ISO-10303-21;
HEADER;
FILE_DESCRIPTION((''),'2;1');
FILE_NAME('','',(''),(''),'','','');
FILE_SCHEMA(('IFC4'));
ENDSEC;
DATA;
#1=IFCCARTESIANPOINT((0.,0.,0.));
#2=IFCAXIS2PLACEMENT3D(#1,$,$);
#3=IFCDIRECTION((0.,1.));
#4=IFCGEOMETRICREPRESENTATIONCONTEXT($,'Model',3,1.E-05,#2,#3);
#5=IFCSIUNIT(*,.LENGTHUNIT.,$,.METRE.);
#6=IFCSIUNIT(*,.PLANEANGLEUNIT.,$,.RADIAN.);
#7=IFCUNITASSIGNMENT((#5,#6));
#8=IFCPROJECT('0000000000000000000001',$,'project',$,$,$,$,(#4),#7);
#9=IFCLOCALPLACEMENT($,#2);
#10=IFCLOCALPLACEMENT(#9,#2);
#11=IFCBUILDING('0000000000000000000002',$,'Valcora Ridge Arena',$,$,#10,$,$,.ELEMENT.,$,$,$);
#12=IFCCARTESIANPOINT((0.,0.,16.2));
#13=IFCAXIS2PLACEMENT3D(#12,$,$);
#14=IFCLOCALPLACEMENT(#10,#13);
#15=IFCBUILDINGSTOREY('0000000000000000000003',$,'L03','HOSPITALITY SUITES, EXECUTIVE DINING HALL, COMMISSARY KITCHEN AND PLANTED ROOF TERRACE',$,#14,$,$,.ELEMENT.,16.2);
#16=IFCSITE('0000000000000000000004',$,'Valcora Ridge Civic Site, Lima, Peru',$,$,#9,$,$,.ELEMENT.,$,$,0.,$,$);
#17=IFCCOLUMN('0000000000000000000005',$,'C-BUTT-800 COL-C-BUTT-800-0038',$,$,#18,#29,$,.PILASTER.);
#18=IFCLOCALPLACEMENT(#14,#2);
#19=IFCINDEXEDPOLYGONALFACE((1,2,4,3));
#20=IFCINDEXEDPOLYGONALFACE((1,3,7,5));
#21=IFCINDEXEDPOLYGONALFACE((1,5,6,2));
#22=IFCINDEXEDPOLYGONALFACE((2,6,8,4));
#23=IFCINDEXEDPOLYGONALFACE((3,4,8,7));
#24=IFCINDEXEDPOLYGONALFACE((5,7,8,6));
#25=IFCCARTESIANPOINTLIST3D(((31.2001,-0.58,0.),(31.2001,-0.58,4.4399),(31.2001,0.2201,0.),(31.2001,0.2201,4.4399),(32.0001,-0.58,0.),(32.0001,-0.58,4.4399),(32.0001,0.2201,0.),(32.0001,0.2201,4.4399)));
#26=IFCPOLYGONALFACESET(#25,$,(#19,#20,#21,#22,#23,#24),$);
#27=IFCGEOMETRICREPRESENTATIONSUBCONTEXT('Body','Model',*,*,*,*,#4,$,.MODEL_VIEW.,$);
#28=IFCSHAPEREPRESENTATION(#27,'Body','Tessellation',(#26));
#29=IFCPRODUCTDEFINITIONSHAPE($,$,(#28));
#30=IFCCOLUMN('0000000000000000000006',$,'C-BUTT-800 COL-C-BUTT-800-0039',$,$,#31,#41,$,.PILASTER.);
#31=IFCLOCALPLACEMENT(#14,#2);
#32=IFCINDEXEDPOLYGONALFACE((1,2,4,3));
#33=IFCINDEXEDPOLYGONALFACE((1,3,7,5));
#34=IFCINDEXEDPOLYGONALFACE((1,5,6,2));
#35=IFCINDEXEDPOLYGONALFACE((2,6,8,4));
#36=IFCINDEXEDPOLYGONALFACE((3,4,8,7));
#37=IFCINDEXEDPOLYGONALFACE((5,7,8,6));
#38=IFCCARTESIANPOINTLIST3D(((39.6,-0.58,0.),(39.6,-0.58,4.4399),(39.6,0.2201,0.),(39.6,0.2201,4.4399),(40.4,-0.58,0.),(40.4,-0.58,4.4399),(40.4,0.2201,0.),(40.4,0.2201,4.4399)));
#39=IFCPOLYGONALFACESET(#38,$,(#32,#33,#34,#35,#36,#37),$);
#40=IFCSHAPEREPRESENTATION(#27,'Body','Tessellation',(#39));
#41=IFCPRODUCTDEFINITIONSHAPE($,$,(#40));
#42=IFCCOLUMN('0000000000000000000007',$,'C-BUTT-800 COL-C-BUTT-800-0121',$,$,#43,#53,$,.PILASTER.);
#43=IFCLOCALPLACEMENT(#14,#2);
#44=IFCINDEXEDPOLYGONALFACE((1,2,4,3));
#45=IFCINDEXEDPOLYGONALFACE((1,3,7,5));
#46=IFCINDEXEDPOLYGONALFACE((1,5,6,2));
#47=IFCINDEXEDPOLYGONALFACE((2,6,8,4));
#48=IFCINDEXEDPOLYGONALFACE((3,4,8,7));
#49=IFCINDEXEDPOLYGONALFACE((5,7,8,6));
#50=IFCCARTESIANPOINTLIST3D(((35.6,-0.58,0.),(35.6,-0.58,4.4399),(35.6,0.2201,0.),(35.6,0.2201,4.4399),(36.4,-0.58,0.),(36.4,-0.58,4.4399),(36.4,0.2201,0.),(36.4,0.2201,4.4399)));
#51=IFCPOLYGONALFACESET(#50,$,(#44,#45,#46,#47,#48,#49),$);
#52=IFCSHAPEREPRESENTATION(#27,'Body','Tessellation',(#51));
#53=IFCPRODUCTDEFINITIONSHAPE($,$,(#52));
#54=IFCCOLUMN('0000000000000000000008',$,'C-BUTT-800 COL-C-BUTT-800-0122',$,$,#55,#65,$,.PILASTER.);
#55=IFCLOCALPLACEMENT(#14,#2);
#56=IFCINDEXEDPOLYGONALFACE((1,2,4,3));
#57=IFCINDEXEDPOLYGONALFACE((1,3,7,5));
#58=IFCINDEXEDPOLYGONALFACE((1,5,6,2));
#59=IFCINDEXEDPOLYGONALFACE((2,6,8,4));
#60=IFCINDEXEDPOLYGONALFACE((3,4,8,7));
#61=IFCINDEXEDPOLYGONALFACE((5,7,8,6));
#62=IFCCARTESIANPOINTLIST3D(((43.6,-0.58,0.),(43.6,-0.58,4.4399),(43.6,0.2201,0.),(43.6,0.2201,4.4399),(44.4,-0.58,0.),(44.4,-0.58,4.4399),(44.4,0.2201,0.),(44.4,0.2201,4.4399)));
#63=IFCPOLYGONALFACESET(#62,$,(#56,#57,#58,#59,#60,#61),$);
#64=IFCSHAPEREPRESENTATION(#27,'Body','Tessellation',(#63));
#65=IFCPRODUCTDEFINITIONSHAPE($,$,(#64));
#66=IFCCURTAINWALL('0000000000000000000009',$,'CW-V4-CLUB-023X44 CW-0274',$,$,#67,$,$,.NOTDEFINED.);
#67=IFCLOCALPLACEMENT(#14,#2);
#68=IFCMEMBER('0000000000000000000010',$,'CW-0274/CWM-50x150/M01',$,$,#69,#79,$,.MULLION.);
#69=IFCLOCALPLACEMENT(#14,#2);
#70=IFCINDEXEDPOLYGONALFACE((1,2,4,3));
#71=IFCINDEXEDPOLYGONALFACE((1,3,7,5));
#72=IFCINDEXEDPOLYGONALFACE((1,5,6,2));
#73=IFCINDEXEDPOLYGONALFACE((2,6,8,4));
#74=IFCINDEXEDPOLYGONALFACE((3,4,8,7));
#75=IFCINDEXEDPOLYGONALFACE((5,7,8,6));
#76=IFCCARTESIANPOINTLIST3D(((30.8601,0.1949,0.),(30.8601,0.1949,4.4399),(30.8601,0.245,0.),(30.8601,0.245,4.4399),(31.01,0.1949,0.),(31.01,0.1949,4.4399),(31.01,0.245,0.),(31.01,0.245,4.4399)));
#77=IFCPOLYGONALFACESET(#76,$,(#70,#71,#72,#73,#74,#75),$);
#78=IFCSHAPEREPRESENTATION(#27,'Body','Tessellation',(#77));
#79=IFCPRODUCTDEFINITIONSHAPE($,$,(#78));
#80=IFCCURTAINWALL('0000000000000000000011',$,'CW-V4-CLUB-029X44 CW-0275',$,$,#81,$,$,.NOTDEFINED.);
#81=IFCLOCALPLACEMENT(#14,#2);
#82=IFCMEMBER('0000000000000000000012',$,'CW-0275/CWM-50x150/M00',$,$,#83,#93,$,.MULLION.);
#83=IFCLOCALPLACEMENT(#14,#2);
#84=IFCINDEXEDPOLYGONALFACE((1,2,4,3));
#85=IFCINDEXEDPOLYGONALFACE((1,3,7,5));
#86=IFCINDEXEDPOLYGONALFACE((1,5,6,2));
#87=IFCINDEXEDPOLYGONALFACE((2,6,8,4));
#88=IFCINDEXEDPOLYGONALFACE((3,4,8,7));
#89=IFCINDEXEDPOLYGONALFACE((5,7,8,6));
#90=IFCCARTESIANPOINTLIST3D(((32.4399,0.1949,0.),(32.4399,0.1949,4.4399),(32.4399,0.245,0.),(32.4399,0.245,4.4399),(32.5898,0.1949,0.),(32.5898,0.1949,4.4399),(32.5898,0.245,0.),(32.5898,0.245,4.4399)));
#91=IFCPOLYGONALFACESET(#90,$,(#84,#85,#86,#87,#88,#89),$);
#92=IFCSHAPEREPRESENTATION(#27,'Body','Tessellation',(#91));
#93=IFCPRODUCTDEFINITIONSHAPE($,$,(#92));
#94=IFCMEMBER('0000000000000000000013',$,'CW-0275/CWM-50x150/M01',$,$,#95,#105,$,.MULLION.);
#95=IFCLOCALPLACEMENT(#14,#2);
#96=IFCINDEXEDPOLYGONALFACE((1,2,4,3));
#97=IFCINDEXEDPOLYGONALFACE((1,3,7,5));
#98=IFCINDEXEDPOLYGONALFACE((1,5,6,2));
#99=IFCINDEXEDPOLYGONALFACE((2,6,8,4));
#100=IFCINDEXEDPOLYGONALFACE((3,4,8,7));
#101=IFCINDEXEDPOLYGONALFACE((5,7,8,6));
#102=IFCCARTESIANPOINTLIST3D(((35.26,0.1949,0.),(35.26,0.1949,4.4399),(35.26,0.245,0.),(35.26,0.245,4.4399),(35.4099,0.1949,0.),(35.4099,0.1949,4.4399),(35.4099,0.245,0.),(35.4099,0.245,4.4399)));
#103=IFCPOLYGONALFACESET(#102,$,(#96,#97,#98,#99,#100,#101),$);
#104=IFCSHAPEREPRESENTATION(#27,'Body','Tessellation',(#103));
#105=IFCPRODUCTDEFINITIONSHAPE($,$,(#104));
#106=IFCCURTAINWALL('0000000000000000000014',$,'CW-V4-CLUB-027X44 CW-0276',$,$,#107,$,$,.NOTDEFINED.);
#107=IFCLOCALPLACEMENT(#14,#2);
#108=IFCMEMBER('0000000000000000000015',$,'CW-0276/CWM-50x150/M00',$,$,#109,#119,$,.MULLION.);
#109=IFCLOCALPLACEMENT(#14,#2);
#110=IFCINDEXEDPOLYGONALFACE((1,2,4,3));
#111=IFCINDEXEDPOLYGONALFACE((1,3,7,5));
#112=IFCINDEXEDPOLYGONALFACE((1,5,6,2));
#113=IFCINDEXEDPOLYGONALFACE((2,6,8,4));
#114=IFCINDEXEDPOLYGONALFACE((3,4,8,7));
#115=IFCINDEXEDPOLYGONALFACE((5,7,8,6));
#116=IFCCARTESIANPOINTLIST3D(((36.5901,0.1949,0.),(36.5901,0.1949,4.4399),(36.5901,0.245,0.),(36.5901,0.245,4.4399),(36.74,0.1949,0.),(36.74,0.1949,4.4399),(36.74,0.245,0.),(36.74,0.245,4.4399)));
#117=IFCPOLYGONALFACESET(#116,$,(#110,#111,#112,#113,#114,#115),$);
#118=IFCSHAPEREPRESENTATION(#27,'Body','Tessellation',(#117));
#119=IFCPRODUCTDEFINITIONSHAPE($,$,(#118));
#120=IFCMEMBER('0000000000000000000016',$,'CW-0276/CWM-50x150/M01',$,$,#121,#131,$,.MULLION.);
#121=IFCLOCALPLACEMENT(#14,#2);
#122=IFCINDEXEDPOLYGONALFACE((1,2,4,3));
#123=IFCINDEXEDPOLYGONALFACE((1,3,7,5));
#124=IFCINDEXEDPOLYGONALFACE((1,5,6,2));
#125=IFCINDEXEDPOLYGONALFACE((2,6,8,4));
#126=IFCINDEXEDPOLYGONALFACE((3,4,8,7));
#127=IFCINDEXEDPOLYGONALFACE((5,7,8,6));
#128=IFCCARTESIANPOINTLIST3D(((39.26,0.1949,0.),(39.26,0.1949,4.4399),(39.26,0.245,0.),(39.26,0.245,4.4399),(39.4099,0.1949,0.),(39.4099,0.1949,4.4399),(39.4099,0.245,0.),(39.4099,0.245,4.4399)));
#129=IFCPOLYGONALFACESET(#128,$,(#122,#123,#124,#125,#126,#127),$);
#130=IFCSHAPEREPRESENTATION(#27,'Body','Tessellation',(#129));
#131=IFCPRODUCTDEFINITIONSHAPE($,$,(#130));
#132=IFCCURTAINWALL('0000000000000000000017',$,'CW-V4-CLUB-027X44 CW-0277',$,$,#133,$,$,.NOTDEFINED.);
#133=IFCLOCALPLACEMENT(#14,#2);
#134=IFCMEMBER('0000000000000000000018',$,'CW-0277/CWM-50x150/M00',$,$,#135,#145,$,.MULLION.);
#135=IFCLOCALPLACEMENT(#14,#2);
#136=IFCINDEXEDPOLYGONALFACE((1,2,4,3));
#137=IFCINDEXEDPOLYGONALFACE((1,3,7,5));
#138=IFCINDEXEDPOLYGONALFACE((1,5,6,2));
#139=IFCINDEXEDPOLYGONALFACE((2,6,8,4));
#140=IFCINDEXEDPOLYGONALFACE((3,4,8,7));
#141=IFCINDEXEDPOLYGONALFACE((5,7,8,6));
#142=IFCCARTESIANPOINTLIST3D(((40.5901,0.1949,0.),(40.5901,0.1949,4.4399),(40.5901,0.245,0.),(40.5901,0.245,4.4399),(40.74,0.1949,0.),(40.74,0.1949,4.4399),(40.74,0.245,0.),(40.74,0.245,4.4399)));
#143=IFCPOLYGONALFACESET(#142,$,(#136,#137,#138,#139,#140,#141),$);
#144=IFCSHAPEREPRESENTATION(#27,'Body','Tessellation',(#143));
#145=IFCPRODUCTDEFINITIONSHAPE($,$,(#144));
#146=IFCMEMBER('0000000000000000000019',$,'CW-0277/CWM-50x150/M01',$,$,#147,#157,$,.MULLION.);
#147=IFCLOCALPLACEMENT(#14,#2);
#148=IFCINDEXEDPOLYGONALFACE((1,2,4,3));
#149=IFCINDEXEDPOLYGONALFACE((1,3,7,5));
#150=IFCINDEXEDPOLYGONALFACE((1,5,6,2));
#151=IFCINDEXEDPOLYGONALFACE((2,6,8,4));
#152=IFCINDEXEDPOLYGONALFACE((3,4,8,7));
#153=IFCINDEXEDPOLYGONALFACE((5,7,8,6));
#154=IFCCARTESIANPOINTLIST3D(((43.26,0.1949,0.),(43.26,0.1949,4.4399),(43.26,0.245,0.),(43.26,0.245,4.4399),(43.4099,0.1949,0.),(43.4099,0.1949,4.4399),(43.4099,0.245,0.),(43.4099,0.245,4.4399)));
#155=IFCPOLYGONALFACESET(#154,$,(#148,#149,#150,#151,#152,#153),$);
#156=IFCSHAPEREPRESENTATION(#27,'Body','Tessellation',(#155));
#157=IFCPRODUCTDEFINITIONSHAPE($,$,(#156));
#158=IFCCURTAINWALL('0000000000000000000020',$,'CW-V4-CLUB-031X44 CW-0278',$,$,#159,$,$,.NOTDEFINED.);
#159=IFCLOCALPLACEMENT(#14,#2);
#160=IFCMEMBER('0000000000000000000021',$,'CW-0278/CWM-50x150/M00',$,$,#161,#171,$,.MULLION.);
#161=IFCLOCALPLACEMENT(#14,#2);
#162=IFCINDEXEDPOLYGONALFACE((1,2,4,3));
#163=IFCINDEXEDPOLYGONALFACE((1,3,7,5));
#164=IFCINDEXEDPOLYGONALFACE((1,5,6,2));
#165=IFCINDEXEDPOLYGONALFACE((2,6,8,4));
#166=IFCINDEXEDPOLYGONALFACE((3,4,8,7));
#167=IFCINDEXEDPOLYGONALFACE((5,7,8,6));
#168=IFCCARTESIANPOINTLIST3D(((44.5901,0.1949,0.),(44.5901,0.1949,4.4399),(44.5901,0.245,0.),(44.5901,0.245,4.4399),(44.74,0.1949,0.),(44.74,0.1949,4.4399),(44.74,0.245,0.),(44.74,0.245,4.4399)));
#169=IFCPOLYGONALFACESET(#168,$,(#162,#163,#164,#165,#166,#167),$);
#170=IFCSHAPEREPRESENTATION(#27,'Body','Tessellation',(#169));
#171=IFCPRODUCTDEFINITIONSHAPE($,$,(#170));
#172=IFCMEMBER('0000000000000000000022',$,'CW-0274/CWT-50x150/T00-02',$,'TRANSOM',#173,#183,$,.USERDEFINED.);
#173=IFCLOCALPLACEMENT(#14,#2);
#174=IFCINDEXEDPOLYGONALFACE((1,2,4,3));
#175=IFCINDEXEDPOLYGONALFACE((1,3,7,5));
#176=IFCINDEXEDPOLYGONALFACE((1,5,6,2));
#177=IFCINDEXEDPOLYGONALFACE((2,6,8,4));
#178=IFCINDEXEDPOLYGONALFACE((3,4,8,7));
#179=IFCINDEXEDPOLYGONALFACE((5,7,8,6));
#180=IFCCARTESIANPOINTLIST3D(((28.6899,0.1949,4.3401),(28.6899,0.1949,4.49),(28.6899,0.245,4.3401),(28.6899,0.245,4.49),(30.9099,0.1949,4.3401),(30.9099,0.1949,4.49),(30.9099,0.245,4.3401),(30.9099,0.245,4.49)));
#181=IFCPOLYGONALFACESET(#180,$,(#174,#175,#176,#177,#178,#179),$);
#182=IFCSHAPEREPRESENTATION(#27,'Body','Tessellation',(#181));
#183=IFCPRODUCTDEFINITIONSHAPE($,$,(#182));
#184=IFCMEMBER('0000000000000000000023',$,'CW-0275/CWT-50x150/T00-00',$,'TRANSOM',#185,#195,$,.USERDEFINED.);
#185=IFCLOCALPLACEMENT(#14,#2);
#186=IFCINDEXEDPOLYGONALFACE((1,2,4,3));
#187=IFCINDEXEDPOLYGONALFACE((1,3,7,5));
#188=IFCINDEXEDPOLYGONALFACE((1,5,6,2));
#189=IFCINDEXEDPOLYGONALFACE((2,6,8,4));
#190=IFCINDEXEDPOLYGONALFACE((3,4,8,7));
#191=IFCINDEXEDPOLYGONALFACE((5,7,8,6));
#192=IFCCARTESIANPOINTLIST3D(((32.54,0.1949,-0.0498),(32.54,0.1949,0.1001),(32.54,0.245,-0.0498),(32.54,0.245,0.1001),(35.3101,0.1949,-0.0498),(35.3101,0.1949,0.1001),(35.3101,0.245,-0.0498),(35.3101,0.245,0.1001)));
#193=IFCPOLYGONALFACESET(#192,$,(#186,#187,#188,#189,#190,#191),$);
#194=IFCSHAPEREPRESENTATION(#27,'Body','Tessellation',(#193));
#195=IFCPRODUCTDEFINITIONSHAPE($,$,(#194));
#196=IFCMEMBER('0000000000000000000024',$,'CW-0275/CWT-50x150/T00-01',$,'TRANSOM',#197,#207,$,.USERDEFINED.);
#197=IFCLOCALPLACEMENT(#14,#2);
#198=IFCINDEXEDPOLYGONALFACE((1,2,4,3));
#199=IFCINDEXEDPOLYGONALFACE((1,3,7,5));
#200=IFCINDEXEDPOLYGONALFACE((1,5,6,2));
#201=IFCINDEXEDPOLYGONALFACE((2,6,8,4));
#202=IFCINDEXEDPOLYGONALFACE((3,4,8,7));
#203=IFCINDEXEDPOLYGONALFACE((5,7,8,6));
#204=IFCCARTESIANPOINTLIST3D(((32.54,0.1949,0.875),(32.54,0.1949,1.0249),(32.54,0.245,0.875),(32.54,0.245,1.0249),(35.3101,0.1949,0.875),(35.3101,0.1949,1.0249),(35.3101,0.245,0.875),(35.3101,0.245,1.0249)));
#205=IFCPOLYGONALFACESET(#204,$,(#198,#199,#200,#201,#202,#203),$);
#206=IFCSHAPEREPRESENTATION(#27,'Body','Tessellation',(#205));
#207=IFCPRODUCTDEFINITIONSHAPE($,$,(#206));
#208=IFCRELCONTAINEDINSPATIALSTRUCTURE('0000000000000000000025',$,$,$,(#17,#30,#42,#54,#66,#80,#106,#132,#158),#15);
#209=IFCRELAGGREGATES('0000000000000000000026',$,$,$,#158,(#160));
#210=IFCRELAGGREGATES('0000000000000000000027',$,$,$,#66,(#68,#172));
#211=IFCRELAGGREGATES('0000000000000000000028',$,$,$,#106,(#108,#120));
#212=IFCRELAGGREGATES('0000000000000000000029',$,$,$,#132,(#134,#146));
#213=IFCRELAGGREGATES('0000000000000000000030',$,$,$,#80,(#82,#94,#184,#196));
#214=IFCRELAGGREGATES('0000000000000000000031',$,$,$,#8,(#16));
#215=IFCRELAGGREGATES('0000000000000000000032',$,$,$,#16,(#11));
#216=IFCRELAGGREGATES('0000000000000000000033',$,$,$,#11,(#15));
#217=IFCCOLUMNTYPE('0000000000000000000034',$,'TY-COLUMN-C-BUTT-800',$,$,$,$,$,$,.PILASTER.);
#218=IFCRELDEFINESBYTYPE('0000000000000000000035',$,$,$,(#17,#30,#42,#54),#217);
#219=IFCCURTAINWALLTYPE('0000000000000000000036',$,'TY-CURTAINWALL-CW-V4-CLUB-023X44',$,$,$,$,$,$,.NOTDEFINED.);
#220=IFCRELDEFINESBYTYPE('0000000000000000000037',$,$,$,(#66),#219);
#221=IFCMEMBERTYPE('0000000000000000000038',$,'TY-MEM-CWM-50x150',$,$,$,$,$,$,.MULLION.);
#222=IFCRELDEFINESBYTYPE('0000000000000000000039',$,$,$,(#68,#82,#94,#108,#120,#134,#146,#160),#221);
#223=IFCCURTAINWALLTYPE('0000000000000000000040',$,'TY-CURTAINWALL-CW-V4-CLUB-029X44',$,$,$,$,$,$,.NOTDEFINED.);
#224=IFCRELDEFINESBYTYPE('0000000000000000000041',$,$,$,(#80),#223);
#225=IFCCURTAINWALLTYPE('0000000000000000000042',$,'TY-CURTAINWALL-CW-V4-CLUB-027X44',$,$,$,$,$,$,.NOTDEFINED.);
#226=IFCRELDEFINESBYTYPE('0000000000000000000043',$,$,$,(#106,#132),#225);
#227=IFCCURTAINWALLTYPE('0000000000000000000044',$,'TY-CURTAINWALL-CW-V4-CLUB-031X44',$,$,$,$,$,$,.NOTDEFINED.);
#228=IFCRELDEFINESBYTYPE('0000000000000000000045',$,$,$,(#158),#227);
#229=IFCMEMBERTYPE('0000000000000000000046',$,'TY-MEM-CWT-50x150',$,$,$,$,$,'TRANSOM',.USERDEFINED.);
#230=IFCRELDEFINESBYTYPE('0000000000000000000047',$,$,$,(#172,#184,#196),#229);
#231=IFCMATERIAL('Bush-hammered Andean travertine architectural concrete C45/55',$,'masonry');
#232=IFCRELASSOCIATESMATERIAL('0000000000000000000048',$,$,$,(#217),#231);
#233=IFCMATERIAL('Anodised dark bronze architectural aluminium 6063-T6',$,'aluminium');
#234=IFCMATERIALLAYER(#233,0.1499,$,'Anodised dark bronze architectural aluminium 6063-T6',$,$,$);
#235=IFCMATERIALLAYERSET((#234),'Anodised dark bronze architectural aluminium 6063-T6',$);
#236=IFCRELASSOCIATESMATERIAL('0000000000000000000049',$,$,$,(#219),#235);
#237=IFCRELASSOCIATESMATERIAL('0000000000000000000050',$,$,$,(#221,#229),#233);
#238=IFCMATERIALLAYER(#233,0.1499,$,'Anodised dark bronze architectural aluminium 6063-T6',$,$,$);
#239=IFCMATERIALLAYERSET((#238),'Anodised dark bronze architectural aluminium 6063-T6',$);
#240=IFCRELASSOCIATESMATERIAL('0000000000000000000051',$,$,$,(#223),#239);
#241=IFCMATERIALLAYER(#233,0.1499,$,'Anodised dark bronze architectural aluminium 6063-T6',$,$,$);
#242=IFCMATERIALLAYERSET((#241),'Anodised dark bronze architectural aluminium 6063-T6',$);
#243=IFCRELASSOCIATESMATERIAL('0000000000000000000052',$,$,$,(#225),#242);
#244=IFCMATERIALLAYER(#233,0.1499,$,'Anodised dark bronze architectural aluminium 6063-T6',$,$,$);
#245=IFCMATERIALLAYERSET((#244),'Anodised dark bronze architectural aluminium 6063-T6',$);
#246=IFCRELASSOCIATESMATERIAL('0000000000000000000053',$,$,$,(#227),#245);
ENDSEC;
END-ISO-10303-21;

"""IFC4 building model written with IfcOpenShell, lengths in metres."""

from ifc_helpers import new_model, si_unit, direction, frame, origin, origin_2d, place, context, subcontext, project, spatial, rectangle, extrude, material, layer, layer_set, material_profile, profile_set, type_object, element, aggregate, save


model = new_model("IFC4")

# Units and contexts
model_context = context("Model", 3, precision=1e-05, world=origin(), true_north=direction((0.0, 1.0)))
body_context = subcontext(model_context, "Body", "Model", "MODEL_VIEW")
ifc_project = project(units=[si_unit("LENGTHUNIT", "METRE"), si_unit("PLANEANGLEUNIT", "RADIAN")], contexts=[model_context])

# Site, building, storey
site_placement = place(None, origin())
site = spatial("IfcSite", under=ifc_project, at=site_placement, Name="Valcora Ridge Civic Site, Lima, Peru", CompositionType="ELEMENT", RefElevation=0.0)
building_placement = place(site_placement, origin())
building = spatial("IfcBuilding", under=site, at=building_placement, Name="Valcora Ridge Arena", CompositionType="ELEMENT")
storey_placement = place(building_placement, frame((0.0, 0.0, 16.2)))
storey = spatial("IfcBuildingStorey", under=building, at=storey_placement, Name="L03", Description="HOSPITALITY SUITES, EXECUTIVE DINING HALL, COMMISSARY KITCHEN AND PLANTED ROOF TERRACE", CompositionType="ELEMENT", Elevation=16.2)

# Columns
ifc_material_1 = material(Name="Bush-hammered Andean travertine architectural concrete C45/55", Category="masonry")
ifc_material_profile_1 = material_profile(ifc_material_1, rectangle(XDim=0.8, YDim=0.8, at=origin_2d()), Name="RC 800x800")
ifc_profile_set_1 = profile_set([ifc_material_profile_1], Name="Bush-hammered Andean travertine architectural concrete C45/55")
column_type = type_object("IfcColumnType", Name="TY-COLUMN-C-BUTT-800", PredefinedType="PILASTER", material=ifc_profile_set_1)
for number, where, z_axis, x_axis, name in (
    (1, (31.6001, -0.1799, 0.0), (0.0, 0.0, 1.0), (1.0, 0.0, 0.0), "C-BUTT-800 COL-C-BUTT-800-0038"),
    (2, (40.0, -0.1799, 0.0), (0.0, 0.0, 1.0), (1.0, 0.0, 0.0), "C-BUTT-800 COL-C-BUTT-800-0039"),
    (3, (36.0, -0.1799, 0.0), (0.0, 0.0, 1.0), (1.0, 0.0, 0.0), "C-BUTT-800 COL-C-BUTT-800-0121"),
    (4, (44.0, -0.1799, 0.0), (0.0, 0.0, 1.0), (1.0, 0.0, 0.0), "C-BUTT-800 COL-C-BUTT-800-0122"),
):
    element("IfcColumn", number, at=place(storey_placement, frame(where, z_axis=z_axis, x_axis=x_axis)), inside=storey, type_object=column_type, Name=name, PredefinedType="PILASTER", context=body_context, shape_type="SweptSolid", body=[
        extrude(rectangle(XDim=0.8, YDim=0.8, at=origin_2d()), origin(), (0.0, 0.0, 1.0), 4.4399),
    ])

# Curtain wall, member
ifc_material_2 = material(Name="Anodised dark bronze architectural aluminium 6063-T6", Category="aluminium")
ifc_layer_1 = layer(ifc_material_2, 0.1499, Name="Anodised dark bronze architectural aluminium 6063-T6")
ifc_layer_set_1 = layer_set([ifc_layer_1], Name="Anodised dark bronze architectural aluminium 6063-T6")
curtain_wall_type_1 = type_object("IfcCurtainWallType", Name="TY-CURTAINWALL-CW-V4-CLUB-023X44", PredefinedType="NOTDEFINED", material=ifc_layer_set_1)
curtain_wall_1_placement = place(storey_placement, origin())
curtain_wall_1 = element("IfcCurtainWall", 5, at=curtain_wall_1_placement, inside=storey, type_object=curtain_wall_type_1, Name="CW-V4-CLUB-023X44 CW-0274", PredefinedType="NOTDEFINED")
ifc_material_profile_2 = material_profile(ifc_material_2, rectangle(XDim=0.05, YDim=0.1499, at=origin_2d()), Name="ALU MULLION 50x150")
ifc_profile_set_2 = profile_set([ifc_material_profile_2], Name="Anodised dark bronze architectural aluminium 6063-T6")
member_type_1 = type_object("IfcMemberType", Name="TY-MEM-CWM-50x150", PredefinedType="MULLION", material=ifc_profile_set_2)
member_1_placement = place(storey_placement, frame((30.9351, 0.22, 0.0), z_axis=(0.0, 0.0, 1.0), x_axis=(0.0, 1.0, 0.0)))
member_1 = element("IfcMember", 6, at=member_1_placement, type_object=member_type_1, Name="CW-0274/CWM-50x150/M01", PredefinedType="MULLION", context=body_context, shape_type="SweptSolid", body=[
    extrude(rectangle(XDim=0.05, YDim=0.1499, at=origin_2d()), origin(), (0.0, 0.0, 1.0), 4.4399),
])

# Curtain walls, members
ifc_layer_2 = layer(ifc_material_2, 0.1499, Name="Anodised dark bronze architectural aluminium 6063-T6")
ifc_layer_set_2 = layer_set([ifc_layer_2], Name="Anodised dark bronze architectural aluminium 6063-T6")
curtain_wall_type_2 = type_object("IfcCurtainWallType", Name="TY-CURTAINWALL-CW-V4-CLUB-029X44", PredefinedType="NOTDEFINED", material=ifc_layer_set_2)
curtain_wall_2_placement = place(storey_placement, origin())
curtain_wall_2 = element("IfcCurtainWall", 7, at=curtain_wall_2_placement, inside=storey, type_object=curtain_wall_type_2, Name="CW-V4-CLUB-029X44 CW-0275", PredefinedType="NOTDEFINED")
member_2_placement = place(storey_placement, frame((32.5149, 0.22, 0.0), z_axis=(0.0, 0.0, 1.0), x_axis=(0.0, 1.0, 0.0)))
member_2 = element("IfcMember", 8, at=member_2_placement, type_object=member_type_1, Name="CW-0275/CWM-50x150/M00", PredefinedType="MULLION", context=body_context, shape_type="SweptSolid", body=[
    extrude(rectangle(XDim=0.05, YDim=0.1499, at=origin_2d()), origin(), (0.0, 0.0, 1.0), 4.4399),
])
member_3_placement = place(storey_placement, frame((35.335, 0.22, 0.0), z_axis=(0.0, 0.0, 1.0), x_axis=(0.0, 1.0, 0.0)))
member_3 = element("IfcMember", 9, at=member_3_placement, type_object=member_type_1, Name="CW-0275/CWM-50x150/M01", PredefinedType="MULLION", context=body_context, shape_type="SweptSolid", body=[
    extrude(rectangle(XDim=0.05, YDim=0.1499, at=origin_2d()), origin(), (0.0, 0.0, 1.0), 4.4399),
])
ifc_layer_3 = layer(ifc_material_2, 0.1499, Name="Anodised dark bronze architectural aluminium 6063-T6")
ifc_layer_set_3 = layer_set([ifc_layer_3], Name="Anodised dark bronze architectural aluminium 6063-T6")
curtain_wall_type_3 = type_object("IfcCurtainWallType", Name="TY-CURTAINWALL-CW-V4-CLUB-027X44", PredefinedType="NOTDEFINED", material=ifc_layer_set_3)
curtain_wall_3_placement = place(storey_placement, origin())
curtain_wall_3 = element("IfcCurtainWall", 10, at=curtain_wall_3_placement, inside=storey, type_object=curtain_wall_type_3, Name="CW-V4-CLUB-027X44 CW-0276", PredefinedType="NOTDEFINED")
member_4_placement = place(storey_placement, frame((36.665, 0.22, 0.0), z_axis=(0.0, 0.0, 1.0), x_axis=(0.0, 1.0, 0.0)))
member_4 = element("IfcMember", 11, at=member_4_placement, type_object=member_type_1, Name="CW-0276/CWM-50x150/M00", PredefinedType="MULLION", context=body_context, shape_type="SweptSolid", body=[
    extrude(rectangle(XDim=0.05, YDim=0.1499, at=origin_2d()), origin(), (0.0, 0.0, 1.0), 4.4399),
])
member_5_placement = place(storey_placement, frame((39.335, 0.22, 0.0), z_axis=(0.0, 0.0, 1.0), x_axis=(0.0, 1.0, 0.0)))
member_5 = element("IfcMember", 12, at=member_5_placement, type_object=member_type_1, Name="CW-0276/CWM-50x150/M01", PredefinedType="MULLION", context=body_context, shape_type="SweptSolid", body=[
    extrude(rectangle(XDim=0.05, YDim=0.1499, at=origin_2d()), origin(), (0.0, 0.0, 1.0), 4.4399),
])
curtain_wall_4_placement = place(storey_placement, origin())
curtain_wall_4 = element("IfcCurtainWall", 13, at=curtain_wall_4_placement, inside=storey, type_object=curtain_wall_type_3, Name="CW-V4-CLUB-027X44 CW-0277", PredefinedType="NOTDEFINED")
member_6_placement = place(storey_placement, frame((40.665, 0.22, 0.0), z_axis=(0.0, 0.0, 1.0), x_axis=(0.0, 1.0, 0.0)))
member_6 = element("IfcMember", 14, at=member_6_placement, type_object=member_type_1, Name="CW-0277/CWM-50x150/M00", PredefinedType="MULLION", context=body_context, shape_type="SweptSolid", body=[
    extrude(rectangle(XDim=0.05, YDim=0.1499, at=origin_2d()), origin(), (0.0, 0.0, 1.0), 4.4399),
])
member_7_placement = place(storey_placement, frame((43.335, 0.22, 0.0), z_axis=(0.0, 0.0, 1.0), x_axis=(0.0, 1.0, 0.0)))
member_7 = element("IfcMember", 15, at=member_7_placement, type_object=member_type_1, Name="CW-0277/CWM-50x150/M01", PredefinedType="MULLION", context=body_context, shape_type="SweptSolid", body=[
    extrude(rectangle(XDim=0.05, YDim=0.1499, at=origin_2d()), origin(), (0.0, 0.0, 1.0), 4.4399),
])

# Curtain wall, member
ifc_layer_4 = layer(ifc_material_2, 0.1499, Name="Anodised dark bronze architectural aluminium 6063-T6")
ifc_layer_set_4 = layer_set([ifc_layer_4], Name="Anodised dark bronze architectural aluminium 6063-T6")
curtain_wall_type_4 = type_object("IfcCurtainWallType", Name="TY-CURTAINWALL-CW-V4-CLUB-031X44", PredefinedType="NOTDEFINED", material=ifc_layer_set_4)
curtain_wall_5_placement = place(storey_placement, origin())
curtain_wall_5 = element("IfcCurtainWall", 16, at=curtain_wall_5_placement, inside=storey, type_object=curtain_wall_type_4, Name="CW-V4-CLUB-031X44 CW-0278", PredefinedType="NOTDEFINED")
member_8_placement = place(storey_placement, frame((44.665, 0.22, 0.0), z_axis=(0.0, 0.0, 1.0), x_axis=(0.0, 1.0, 0.0)))
member_8 = element("IfcMember", 17, at=member_8_placement, type_object=member_type_1, Name="CW-0278/CWM-50x150/M00", PredefinedType="MULLION", context=body_context, shape_type="SweptSolid", body=[
    extrude(rectangle(XDim=0.05, YDim=0.1499, at=origin_2d()), origin(), (0.0, 0.0, 1.0), 4.4399),
])

# Members
ifc_material_profile_3 = material_profile(ifc_material_2, rectangle(XDim=0.05, YDim=0.1499, at=origin_2d()), Name="ALU TRANSOM 50x150")
ifc_profile_set_3 = profile_set([ifc_material_profile_3], Name="Anodised dark bronze architectural aluminium 6063-T6")
member_type_2 = type_object("IfcMemberType", Name="TY-MEM-CWT-50x150", ElementType="TRANSOM", PredefinedType="USERDEFINED", material=ifc_profile_set_3)
member_9_placement = place(storey_placement, frame((28.6899, 0.22, 4.415), z_axis=(1.0, 0.0, 0.0), x_axis=(0.0, 1.0, 0.0)))
member_9 = element("IfcMember", 18, at=member_9_placement, type_object=member_type_2, Name="CW-0274/CWT-50x150/T00-02", ObjectType="TRANSOM", PredefinedType="USERDEFINED", context=body_context, shape_type="SweptSolid", body=[
    extrude(rectangle(XDim=0.05, YDim=0.1499, at=origin_2d()), origin(), (0.0, 0.0, 1.0), 2.22),
])
member_10_placement = place(storey_placement, frame((32.54, 0.22, 0.0251), z_axis=(1.0, 0.0, 0.0), x_axis=(0.0, 1.0, 0.0)))
member_10 = element("IfcMember", 19, at=member_10_placement, type_object=member_type_2, Name="CW-0275/CWT-50x150/T00-00", ObjectType="TRANSOM", PredefinedType="USERDEFINED", context=body_context, shape_type="SweptSolid", body=[
    extrude(rectangle(XDim=0.05, YDim=0.1499, at=origin_2d()), origin(), (0.0, 0.0, 1.0), 2.77),
])
member_11_placement = place(storey_placement, frame((32.54, 0.22, 0.95), z_axis=(1.0, 0.0, 0.0), x_axis=(0.0, 1.0, 0.0)))
member_11 = element("IfcMember", 20, at=member_11_placement, type_object=member_type_2, Name="CW-0275/CWT-50x150/T00-01", ObjectType="TRANSOM", PredefinedType="USERDEFINED", context=body_context, shape_type="SweptSolid", body=[
    extrude(rectangle(XDim=0.05, YDim=0.1499, at=origin_2d()), origin(), (0.0, 0.0, 1.0), 2.77),
])
aggregate(curtain_wall_5, [member_8])

aggregate(curtain_wall_1, [member_1, member_9])
aggregate(curtain_wall_3, [member_4, member_5])
aggregate(curtain_wall_4, [member_6, member_7])
aggregate(curtain_wall_2, [member_2, member_3, member_10, member_11])

save(model, "model.ifc")
